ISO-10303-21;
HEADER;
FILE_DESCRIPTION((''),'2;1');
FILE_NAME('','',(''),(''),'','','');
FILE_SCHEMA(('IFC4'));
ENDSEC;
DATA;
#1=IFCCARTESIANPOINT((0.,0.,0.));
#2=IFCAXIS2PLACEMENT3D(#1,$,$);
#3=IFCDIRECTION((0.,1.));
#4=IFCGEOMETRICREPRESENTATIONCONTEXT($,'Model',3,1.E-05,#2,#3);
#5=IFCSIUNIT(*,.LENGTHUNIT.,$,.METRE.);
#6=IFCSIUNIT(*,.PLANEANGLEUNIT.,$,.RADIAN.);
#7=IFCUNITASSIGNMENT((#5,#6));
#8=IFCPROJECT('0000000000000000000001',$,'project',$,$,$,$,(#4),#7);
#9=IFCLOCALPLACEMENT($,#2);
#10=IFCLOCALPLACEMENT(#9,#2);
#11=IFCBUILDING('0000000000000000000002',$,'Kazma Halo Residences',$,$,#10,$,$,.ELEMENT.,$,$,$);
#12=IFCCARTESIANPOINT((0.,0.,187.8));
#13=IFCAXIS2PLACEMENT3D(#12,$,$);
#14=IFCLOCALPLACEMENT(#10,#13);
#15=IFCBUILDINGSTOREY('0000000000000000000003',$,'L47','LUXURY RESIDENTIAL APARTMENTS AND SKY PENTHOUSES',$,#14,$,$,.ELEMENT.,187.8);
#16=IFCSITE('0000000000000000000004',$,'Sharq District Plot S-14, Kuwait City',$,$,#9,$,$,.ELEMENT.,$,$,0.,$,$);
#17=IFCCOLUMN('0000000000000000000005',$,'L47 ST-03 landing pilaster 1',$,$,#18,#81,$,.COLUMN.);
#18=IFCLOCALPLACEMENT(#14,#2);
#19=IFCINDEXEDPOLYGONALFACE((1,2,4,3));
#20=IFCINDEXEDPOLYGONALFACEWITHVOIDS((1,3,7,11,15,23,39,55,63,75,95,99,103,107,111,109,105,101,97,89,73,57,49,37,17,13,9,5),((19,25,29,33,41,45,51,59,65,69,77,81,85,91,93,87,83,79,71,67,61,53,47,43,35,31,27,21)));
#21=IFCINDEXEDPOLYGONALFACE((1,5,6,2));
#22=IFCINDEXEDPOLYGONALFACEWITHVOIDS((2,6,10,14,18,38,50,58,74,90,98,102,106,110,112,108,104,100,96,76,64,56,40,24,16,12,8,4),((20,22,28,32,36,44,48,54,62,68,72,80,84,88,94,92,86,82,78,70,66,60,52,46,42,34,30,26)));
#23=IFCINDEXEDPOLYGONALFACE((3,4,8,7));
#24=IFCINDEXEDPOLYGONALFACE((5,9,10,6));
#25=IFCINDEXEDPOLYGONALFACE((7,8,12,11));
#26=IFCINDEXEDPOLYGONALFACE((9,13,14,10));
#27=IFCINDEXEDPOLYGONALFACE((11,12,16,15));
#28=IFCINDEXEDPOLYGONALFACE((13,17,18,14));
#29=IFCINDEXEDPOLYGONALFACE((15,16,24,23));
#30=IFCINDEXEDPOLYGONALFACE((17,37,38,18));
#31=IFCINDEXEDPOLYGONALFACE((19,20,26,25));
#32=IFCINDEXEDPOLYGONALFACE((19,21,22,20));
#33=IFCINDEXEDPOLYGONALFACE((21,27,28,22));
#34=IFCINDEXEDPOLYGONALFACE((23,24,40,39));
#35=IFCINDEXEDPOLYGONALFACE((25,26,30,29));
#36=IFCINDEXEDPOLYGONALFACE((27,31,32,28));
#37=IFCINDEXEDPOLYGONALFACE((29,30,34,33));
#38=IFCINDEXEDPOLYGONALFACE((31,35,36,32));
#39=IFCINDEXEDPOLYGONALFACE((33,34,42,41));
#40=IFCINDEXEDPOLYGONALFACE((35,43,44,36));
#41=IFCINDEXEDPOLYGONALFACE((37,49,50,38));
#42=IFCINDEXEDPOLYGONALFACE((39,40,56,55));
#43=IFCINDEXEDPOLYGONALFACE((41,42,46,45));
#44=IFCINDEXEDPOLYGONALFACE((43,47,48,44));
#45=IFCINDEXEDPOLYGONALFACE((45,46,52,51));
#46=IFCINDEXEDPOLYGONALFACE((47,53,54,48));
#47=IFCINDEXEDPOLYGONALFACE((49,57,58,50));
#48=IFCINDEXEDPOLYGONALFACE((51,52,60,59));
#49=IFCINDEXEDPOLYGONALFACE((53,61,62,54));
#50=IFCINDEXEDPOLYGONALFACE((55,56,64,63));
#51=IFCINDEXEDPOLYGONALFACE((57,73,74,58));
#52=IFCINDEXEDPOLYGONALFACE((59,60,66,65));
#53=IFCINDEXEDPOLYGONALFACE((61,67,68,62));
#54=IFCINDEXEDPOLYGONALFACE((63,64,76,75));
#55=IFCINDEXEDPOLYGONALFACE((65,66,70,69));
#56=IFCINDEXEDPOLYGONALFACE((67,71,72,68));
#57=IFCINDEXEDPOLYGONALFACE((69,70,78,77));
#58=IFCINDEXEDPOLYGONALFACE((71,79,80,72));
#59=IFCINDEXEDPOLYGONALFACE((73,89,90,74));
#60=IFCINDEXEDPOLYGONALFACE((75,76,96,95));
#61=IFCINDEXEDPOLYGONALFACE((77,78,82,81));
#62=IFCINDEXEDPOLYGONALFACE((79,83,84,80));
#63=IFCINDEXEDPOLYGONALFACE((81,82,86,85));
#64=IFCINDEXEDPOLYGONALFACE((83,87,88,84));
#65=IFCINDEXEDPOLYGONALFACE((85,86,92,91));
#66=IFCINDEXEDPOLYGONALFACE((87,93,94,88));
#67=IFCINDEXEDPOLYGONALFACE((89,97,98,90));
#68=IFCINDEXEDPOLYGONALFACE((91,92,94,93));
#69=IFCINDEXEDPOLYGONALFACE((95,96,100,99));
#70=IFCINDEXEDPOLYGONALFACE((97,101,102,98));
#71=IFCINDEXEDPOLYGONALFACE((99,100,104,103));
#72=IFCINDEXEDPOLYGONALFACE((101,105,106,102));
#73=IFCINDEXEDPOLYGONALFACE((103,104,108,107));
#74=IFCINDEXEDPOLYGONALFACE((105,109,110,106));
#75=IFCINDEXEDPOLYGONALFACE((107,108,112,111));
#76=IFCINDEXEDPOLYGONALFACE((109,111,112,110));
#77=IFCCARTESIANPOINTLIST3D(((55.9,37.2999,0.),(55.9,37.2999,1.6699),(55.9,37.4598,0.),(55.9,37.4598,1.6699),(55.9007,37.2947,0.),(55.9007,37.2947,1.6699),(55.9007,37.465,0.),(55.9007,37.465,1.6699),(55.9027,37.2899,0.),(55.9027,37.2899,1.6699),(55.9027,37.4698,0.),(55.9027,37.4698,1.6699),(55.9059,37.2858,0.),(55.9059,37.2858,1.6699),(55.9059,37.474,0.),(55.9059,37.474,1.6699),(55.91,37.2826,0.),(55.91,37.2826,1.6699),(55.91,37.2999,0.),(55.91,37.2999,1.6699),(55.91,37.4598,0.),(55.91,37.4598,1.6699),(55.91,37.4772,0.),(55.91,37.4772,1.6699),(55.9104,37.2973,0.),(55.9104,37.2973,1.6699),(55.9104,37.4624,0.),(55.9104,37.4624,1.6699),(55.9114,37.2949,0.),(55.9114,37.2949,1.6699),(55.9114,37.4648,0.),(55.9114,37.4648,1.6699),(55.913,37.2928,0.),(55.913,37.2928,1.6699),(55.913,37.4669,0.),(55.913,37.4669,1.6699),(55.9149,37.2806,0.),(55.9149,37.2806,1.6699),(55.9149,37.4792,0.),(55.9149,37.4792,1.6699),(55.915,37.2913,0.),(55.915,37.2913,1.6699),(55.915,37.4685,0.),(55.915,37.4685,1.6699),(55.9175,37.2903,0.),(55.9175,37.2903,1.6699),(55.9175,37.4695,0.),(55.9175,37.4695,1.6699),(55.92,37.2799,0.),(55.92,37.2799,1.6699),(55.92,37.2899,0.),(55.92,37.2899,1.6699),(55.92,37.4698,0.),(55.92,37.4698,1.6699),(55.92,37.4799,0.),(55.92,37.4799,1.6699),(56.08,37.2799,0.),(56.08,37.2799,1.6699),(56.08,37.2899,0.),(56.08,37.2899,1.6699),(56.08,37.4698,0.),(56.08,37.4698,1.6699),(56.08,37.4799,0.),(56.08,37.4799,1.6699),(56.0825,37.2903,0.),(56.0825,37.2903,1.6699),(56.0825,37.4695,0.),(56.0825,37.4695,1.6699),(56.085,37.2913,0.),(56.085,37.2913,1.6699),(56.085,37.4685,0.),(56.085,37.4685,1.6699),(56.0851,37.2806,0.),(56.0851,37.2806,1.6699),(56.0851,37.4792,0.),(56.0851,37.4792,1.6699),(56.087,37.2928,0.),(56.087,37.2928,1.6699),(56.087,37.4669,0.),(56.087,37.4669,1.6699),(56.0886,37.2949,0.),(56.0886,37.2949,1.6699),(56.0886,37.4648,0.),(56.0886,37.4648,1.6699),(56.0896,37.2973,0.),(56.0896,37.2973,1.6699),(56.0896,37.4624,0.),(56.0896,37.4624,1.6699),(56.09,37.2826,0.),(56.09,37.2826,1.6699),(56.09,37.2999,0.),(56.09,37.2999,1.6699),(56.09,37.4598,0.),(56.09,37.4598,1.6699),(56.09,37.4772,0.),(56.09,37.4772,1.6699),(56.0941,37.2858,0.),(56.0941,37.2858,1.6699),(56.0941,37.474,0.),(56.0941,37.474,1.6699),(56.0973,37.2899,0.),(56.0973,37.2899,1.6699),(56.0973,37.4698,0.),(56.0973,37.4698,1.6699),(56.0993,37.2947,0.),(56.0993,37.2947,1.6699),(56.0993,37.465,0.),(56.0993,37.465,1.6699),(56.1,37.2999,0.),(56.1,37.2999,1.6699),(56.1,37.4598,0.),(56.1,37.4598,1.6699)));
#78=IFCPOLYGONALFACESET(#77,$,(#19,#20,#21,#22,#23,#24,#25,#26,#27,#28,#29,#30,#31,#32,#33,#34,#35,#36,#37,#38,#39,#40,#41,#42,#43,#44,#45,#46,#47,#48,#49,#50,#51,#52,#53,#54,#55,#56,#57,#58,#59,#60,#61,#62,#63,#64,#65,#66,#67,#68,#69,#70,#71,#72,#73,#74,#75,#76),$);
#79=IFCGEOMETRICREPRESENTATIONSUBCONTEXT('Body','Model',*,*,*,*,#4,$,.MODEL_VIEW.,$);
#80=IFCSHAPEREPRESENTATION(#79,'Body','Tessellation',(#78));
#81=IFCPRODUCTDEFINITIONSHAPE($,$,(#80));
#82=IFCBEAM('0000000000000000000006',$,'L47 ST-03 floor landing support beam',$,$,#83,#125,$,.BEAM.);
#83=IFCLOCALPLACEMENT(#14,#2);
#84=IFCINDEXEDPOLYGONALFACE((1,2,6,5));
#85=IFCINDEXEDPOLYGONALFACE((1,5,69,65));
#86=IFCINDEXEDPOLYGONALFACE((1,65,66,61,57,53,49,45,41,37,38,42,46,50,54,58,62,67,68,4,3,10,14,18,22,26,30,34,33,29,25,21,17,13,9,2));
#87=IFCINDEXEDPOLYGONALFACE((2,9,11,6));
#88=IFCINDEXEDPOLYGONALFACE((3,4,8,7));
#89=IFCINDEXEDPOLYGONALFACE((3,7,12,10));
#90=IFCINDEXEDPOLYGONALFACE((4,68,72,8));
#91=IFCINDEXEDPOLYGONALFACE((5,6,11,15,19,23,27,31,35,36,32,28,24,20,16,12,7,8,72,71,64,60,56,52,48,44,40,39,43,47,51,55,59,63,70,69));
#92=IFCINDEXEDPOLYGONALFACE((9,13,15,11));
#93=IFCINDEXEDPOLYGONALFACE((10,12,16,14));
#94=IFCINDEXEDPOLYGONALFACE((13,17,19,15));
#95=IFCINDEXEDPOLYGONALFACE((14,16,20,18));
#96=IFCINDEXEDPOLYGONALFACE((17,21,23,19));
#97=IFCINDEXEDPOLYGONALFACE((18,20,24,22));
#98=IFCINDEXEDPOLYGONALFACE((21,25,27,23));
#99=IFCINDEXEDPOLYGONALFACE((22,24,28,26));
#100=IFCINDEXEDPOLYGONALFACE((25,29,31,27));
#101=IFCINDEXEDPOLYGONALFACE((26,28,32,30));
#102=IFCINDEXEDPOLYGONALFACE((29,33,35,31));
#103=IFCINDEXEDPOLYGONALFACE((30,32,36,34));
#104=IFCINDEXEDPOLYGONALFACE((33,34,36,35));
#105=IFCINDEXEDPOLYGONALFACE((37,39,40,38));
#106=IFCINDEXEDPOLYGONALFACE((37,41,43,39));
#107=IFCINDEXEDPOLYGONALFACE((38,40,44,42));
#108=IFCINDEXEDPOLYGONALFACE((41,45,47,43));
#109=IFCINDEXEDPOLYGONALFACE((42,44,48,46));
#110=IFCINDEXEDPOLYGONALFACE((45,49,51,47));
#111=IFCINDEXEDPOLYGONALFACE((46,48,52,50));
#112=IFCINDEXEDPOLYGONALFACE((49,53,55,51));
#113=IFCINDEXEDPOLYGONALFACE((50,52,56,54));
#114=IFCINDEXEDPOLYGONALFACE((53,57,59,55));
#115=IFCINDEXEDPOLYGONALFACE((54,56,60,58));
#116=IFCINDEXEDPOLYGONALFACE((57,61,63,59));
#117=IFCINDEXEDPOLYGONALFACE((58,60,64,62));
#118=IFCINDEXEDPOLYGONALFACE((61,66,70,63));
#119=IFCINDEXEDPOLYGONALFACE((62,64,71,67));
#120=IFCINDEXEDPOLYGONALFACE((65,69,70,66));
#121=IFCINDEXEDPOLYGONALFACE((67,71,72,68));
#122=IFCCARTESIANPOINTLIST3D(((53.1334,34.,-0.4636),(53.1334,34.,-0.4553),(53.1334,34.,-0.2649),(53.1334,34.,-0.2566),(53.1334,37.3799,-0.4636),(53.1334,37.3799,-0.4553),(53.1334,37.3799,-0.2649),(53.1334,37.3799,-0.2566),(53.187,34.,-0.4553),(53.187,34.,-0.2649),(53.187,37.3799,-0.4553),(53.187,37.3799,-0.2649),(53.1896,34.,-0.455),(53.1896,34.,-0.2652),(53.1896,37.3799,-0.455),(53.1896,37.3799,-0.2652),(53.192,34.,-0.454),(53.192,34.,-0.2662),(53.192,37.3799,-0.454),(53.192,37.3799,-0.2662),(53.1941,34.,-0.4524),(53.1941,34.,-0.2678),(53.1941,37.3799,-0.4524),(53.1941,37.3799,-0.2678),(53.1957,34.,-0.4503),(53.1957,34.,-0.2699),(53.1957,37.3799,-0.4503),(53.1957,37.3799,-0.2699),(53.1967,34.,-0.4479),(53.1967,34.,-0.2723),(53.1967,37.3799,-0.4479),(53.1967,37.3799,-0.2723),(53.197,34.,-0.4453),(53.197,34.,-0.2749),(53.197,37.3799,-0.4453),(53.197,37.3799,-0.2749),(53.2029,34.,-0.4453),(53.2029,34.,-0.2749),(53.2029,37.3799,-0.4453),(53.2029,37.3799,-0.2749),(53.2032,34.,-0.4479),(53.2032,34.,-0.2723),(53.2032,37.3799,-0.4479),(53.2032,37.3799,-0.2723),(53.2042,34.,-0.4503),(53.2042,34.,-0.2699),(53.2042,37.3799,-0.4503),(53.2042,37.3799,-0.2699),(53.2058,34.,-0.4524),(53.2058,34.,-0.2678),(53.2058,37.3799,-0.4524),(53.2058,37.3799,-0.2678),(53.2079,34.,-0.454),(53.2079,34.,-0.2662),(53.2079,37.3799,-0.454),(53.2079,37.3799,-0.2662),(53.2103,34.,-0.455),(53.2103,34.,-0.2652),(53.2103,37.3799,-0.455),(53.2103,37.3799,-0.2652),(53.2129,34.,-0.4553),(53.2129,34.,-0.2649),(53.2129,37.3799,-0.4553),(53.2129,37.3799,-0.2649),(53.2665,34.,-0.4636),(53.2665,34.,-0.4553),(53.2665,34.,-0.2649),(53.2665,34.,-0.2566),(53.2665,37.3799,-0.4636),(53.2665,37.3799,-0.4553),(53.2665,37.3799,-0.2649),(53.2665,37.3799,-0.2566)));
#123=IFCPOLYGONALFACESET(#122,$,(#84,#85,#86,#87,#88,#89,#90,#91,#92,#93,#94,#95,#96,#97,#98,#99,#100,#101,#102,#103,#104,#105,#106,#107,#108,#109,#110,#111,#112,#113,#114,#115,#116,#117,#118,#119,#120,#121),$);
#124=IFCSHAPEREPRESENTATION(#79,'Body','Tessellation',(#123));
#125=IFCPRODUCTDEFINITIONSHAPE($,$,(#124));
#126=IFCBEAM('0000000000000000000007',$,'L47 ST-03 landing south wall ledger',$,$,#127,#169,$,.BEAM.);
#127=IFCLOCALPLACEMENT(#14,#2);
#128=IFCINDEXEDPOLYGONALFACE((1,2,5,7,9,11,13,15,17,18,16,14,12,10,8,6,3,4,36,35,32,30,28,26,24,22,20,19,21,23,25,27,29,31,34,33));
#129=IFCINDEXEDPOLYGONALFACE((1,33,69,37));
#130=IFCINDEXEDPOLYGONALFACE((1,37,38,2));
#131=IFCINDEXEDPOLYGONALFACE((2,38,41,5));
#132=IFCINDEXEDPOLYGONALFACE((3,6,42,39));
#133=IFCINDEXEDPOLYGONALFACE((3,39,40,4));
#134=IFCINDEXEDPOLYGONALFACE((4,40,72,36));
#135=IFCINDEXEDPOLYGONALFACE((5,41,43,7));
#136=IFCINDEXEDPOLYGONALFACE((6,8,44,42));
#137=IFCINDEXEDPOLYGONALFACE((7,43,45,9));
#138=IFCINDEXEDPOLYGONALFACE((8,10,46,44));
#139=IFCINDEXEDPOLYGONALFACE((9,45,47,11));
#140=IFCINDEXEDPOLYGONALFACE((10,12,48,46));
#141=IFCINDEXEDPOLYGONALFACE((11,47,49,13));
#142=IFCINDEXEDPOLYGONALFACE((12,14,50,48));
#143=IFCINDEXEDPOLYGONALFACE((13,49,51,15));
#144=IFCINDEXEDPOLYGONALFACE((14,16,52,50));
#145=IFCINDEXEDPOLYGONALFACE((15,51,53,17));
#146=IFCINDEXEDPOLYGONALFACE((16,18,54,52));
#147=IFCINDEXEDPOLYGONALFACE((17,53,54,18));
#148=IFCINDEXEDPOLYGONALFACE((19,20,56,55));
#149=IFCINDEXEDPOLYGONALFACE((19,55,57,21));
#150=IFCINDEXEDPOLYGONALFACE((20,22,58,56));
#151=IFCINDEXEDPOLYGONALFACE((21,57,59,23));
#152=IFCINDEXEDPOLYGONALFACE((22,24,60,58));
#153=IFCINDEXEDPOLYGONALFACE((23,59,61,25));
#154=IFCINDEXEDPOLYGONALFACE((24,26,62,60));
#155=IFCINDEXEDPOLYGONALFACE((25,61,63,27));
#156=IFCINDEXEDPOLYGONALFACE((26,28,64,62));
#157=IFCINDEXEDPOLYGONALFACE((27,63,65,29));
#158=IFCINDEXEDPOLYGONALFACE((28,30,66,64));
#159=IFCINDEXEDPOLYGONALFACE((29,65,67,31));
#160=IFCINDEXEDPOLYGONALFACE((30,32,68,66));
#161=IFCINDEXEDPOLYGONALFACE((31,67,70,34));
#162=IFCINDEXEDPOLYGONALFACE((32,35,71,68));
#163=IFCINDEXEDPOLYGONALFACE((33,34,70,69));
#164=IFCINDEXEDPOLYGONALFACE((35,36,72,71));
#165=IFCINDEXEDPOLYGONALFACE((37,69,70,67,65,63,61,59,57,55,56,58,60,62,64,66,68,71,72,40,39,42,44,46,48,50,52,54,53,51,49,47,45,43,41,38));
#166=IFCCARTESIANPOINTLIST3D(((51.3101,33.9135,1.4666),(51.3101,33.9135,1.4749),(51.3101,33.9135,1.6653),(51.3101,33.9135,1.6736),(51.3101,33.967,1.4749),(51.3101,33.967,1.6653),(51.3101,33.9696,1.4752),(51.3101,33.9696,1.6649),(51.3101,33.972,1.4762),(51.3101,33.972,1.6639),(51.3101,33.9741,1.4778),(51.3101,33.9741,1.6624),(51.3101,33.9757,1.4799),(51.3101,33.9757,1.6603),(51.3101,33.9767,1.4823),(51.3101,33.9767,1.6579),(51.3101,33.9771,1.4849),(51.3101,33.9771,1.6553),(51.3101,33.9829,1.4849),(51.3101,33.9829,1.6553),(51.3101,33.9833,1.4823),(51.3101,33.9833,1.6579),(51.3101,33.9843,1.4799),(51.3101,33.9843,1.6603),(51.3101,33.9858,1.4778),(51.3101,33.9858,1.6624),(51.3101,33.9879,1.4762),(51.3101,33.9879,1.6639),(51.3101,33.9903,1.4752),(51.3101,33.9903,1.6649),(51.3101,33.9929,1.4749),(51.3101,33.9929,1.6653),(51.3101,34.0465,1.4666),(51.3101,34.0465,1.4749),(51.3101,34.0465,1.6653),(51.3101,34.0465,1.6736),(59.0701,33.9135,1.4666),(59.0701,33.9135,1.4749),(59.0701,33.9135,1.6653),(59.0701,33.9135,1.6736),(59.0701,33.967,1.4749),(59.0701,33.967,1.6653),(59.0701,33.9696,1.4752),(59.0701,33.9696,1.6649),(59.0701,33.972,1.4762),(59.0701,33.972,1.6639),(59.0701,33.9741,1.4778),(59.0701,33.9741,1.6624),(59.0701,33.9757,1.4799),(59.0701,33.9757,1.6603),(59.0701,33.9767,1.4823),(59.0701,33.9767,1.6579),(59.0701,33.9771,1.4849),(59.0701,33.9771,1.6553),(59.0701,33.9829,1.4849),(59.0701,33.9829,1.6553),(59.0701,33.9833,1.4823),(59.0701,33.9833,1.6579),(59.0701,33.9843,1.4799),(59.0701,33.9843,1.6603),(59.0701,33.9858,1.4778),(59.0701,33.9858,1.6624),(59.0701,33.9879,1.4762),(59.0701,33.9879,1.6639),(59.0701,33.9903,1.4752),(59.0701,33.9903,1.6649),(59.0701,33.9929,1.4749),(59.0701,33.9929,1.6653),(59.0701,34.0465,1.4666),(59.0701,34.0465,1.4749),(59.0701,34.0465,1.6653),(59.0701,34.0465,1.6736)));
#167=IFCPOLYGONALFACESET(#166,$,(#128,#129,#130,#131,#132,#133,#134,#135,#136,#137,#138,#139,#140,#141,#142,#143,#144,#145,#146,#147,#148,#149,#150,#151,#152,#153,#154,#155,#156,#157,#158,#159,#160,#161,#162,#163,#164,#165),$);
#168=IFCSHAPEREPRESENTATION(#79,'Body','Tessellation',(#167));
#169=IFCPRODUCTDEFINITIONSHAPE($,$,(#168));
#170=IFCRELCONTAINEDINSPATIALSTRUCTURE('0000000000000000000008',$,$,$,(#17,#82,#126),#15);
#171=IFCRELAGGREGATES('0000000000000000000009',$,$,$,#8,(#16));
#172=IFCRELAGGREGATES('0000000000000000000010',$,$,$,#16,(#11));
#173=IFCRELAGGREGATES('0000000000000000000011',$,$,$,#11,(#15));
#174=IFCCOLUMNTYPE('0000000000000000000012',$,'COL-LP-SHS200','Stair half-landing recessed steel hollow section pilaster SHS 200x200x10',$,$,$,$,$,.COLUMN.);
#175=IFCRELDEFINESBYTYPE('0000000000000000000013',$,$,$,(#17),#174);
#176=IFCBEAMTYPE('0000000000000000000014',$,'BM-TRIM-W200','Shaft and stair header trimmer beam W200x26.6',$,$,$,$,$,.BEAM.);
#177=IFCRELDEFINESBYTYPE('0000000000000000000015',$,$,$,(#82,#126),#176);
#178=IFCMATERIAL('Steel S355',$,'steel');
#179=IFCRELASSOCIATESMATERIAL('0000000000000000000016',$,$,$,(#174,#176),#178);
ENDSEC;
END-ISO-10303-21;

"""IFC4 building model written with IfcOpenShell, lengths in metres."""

from ifc_helpers import new_model, si_unit, direction, frame, origin, origin_2d, place, context, subcontext, project, spatial, hollow_rectangle, i_section, extrude, material, material_profile, profile_set, type_object, element, save


model = new_model("IFC4")

# Units and contexts
model_context = context("Model", 3, precision=1e-05, world=origin(), true_north=direction((0.0, 1.0)))
body_context = subcontext(model_context, "Body", "Model", "MODEL_VIEW")
ifc_project = project(units=[si_unit("LENGTHUNIT", "METRE"), si_unit("PLANEANGLEUNIT", "RADIAN")], contexts=[model_context])

# Site, building, storey
site_placement = place(None, origin())
site = spatial("IfcSite", under=ifc_project, at=site_placement, Name="Sharq District Plot S-14, Kuwait City", CompositionType="ELEMENT", RefElevation=0.0)
building_placement = place(site_placement, origin())
building = spatial("IfcBuilding", under=site, at=building_placement, Name="Kazma Halo Residences", CompositionType="ELEMENT")
storey_placement = place(building_placement, frame((0.0, 0.0, 187.8)))
storey = spatial("IfcBuildingStorey", under=building, at=storey_placement, Name="L47", Description="LUXURY RESIDENTIAL APARTMENTS AND SKY PENTHOUSES", CompositionType="ELEMENT", Elevation=187.8)

# Column
ifc_material_1 = material(Name="Steel S355", Category="steel")
ifc_material_profile_1 = material_profile(ifc_material_1, hollow_rectangle(XDim=0.2, YDim=0.2, WallThickness=0.01, InnerFilletRadius=0.01, OuterFilletRadius=0.02, at=origin_2d()), Name="SHS200x200x10")
ifc_profile_set_1 = profile_set([ifc_material_profile_1], Name="Steel S355")
column_type = type_object("IfcColumnType", Name="COL-LP-SHS200", Description="Stair half-landing recessed steel hollow section pilaster SHS 200x200x10", PredefinedType="COLUMN", material=ifc_profile_set_1)
column_placement = place(storey_placement, frame((56.0, 37.3799, 0.0), z_axis=(0.0, 0.0, 1.0), x_axis=(1.0, 0.0, 0.0)))
element("IfcColumn", 1, at=column_placement, inside=storey, type_object=column_type, Name="L47 ST-03 landing pilaster 1", PredefinedType="COLUMN", context=body_context, shape_type="SweptSolid", body=[
    extrude(hollow_rectangle(XDim=0.2, YDim=0.2, WallThickness=0.01, InnerFilletRadius=0.01, OuterFilletRadius=0.02, at=origin_2d()), origin(), (0.0, 0.0, 1.0), 1.6699),
])

# Beams
ifc_material_profile_2 = material_profile(ifc_material_1, i_section(OverallWidth=0.1331, OverallDepth=0.207, WebThickness=0.0059, FlangeThickness=0.0083, FilletRadius=0.01, at=origin_2d()), Name="W200x26.6")
ifc_profile_set_2 = profile_set([ifc_material_profile_2], Name="Steel S355")
beam_type = type_object("IfcBeamType", Name="BM-TRIM-W200", Description="Shaft and stair header trimmer beam W200x26.6", PredefinedType="BEAM", material=ifc_profile_set_2)
beam_1_placement = place(storey_placement, frame((53.2, 34.0, -0.3601), z_axis=(0.0, 1.0, 0.0), x_axis=(-1.0, 0.0, 0.0)))
element("IfcBeam", 2, at=beam_1_placement, inside=storey, type_object=beam_type, Name="L47 ST-03 floor landing support beam", PredefinedType="BEAM", context=body_context, shape_type="SweptSolid", body=[
    extrude(i_section(OverallWidth=0.1331, OverallDepth=0.207, WebThickness=0.0059, FlangeThickness=0.0083, FilletRadius=0.01, at=origin_2d()), origin(), (0.0, 0.0, 1.0), 3.3799),
])
beam_2_placement = place(storey_placement, frame((51.3101, 33.98, 1.5701), z_axis=(1.0, 0.0, 0.0), x_axis=(0.0, 1.0, 0.0)))
element("IfcBeam", 3, at=beam_2_placement, inside=storey, type_object=beam_type, Name="L47 ST-03 landing south wall ledger", PredefinedType="BEAM", context=body_context, shape_type="SweptSolid", body=[
    extrude(i_section(OverallWidth=0.1331, OverallDepth=0.207, WebThickness=0.0059, FlangeThickness=0.0083, FilletRadius=0.01, at=origin_2d()), origin(), (0.0, 0.0, 1.0), 7.76),
])

save(model, "model.ifc")
